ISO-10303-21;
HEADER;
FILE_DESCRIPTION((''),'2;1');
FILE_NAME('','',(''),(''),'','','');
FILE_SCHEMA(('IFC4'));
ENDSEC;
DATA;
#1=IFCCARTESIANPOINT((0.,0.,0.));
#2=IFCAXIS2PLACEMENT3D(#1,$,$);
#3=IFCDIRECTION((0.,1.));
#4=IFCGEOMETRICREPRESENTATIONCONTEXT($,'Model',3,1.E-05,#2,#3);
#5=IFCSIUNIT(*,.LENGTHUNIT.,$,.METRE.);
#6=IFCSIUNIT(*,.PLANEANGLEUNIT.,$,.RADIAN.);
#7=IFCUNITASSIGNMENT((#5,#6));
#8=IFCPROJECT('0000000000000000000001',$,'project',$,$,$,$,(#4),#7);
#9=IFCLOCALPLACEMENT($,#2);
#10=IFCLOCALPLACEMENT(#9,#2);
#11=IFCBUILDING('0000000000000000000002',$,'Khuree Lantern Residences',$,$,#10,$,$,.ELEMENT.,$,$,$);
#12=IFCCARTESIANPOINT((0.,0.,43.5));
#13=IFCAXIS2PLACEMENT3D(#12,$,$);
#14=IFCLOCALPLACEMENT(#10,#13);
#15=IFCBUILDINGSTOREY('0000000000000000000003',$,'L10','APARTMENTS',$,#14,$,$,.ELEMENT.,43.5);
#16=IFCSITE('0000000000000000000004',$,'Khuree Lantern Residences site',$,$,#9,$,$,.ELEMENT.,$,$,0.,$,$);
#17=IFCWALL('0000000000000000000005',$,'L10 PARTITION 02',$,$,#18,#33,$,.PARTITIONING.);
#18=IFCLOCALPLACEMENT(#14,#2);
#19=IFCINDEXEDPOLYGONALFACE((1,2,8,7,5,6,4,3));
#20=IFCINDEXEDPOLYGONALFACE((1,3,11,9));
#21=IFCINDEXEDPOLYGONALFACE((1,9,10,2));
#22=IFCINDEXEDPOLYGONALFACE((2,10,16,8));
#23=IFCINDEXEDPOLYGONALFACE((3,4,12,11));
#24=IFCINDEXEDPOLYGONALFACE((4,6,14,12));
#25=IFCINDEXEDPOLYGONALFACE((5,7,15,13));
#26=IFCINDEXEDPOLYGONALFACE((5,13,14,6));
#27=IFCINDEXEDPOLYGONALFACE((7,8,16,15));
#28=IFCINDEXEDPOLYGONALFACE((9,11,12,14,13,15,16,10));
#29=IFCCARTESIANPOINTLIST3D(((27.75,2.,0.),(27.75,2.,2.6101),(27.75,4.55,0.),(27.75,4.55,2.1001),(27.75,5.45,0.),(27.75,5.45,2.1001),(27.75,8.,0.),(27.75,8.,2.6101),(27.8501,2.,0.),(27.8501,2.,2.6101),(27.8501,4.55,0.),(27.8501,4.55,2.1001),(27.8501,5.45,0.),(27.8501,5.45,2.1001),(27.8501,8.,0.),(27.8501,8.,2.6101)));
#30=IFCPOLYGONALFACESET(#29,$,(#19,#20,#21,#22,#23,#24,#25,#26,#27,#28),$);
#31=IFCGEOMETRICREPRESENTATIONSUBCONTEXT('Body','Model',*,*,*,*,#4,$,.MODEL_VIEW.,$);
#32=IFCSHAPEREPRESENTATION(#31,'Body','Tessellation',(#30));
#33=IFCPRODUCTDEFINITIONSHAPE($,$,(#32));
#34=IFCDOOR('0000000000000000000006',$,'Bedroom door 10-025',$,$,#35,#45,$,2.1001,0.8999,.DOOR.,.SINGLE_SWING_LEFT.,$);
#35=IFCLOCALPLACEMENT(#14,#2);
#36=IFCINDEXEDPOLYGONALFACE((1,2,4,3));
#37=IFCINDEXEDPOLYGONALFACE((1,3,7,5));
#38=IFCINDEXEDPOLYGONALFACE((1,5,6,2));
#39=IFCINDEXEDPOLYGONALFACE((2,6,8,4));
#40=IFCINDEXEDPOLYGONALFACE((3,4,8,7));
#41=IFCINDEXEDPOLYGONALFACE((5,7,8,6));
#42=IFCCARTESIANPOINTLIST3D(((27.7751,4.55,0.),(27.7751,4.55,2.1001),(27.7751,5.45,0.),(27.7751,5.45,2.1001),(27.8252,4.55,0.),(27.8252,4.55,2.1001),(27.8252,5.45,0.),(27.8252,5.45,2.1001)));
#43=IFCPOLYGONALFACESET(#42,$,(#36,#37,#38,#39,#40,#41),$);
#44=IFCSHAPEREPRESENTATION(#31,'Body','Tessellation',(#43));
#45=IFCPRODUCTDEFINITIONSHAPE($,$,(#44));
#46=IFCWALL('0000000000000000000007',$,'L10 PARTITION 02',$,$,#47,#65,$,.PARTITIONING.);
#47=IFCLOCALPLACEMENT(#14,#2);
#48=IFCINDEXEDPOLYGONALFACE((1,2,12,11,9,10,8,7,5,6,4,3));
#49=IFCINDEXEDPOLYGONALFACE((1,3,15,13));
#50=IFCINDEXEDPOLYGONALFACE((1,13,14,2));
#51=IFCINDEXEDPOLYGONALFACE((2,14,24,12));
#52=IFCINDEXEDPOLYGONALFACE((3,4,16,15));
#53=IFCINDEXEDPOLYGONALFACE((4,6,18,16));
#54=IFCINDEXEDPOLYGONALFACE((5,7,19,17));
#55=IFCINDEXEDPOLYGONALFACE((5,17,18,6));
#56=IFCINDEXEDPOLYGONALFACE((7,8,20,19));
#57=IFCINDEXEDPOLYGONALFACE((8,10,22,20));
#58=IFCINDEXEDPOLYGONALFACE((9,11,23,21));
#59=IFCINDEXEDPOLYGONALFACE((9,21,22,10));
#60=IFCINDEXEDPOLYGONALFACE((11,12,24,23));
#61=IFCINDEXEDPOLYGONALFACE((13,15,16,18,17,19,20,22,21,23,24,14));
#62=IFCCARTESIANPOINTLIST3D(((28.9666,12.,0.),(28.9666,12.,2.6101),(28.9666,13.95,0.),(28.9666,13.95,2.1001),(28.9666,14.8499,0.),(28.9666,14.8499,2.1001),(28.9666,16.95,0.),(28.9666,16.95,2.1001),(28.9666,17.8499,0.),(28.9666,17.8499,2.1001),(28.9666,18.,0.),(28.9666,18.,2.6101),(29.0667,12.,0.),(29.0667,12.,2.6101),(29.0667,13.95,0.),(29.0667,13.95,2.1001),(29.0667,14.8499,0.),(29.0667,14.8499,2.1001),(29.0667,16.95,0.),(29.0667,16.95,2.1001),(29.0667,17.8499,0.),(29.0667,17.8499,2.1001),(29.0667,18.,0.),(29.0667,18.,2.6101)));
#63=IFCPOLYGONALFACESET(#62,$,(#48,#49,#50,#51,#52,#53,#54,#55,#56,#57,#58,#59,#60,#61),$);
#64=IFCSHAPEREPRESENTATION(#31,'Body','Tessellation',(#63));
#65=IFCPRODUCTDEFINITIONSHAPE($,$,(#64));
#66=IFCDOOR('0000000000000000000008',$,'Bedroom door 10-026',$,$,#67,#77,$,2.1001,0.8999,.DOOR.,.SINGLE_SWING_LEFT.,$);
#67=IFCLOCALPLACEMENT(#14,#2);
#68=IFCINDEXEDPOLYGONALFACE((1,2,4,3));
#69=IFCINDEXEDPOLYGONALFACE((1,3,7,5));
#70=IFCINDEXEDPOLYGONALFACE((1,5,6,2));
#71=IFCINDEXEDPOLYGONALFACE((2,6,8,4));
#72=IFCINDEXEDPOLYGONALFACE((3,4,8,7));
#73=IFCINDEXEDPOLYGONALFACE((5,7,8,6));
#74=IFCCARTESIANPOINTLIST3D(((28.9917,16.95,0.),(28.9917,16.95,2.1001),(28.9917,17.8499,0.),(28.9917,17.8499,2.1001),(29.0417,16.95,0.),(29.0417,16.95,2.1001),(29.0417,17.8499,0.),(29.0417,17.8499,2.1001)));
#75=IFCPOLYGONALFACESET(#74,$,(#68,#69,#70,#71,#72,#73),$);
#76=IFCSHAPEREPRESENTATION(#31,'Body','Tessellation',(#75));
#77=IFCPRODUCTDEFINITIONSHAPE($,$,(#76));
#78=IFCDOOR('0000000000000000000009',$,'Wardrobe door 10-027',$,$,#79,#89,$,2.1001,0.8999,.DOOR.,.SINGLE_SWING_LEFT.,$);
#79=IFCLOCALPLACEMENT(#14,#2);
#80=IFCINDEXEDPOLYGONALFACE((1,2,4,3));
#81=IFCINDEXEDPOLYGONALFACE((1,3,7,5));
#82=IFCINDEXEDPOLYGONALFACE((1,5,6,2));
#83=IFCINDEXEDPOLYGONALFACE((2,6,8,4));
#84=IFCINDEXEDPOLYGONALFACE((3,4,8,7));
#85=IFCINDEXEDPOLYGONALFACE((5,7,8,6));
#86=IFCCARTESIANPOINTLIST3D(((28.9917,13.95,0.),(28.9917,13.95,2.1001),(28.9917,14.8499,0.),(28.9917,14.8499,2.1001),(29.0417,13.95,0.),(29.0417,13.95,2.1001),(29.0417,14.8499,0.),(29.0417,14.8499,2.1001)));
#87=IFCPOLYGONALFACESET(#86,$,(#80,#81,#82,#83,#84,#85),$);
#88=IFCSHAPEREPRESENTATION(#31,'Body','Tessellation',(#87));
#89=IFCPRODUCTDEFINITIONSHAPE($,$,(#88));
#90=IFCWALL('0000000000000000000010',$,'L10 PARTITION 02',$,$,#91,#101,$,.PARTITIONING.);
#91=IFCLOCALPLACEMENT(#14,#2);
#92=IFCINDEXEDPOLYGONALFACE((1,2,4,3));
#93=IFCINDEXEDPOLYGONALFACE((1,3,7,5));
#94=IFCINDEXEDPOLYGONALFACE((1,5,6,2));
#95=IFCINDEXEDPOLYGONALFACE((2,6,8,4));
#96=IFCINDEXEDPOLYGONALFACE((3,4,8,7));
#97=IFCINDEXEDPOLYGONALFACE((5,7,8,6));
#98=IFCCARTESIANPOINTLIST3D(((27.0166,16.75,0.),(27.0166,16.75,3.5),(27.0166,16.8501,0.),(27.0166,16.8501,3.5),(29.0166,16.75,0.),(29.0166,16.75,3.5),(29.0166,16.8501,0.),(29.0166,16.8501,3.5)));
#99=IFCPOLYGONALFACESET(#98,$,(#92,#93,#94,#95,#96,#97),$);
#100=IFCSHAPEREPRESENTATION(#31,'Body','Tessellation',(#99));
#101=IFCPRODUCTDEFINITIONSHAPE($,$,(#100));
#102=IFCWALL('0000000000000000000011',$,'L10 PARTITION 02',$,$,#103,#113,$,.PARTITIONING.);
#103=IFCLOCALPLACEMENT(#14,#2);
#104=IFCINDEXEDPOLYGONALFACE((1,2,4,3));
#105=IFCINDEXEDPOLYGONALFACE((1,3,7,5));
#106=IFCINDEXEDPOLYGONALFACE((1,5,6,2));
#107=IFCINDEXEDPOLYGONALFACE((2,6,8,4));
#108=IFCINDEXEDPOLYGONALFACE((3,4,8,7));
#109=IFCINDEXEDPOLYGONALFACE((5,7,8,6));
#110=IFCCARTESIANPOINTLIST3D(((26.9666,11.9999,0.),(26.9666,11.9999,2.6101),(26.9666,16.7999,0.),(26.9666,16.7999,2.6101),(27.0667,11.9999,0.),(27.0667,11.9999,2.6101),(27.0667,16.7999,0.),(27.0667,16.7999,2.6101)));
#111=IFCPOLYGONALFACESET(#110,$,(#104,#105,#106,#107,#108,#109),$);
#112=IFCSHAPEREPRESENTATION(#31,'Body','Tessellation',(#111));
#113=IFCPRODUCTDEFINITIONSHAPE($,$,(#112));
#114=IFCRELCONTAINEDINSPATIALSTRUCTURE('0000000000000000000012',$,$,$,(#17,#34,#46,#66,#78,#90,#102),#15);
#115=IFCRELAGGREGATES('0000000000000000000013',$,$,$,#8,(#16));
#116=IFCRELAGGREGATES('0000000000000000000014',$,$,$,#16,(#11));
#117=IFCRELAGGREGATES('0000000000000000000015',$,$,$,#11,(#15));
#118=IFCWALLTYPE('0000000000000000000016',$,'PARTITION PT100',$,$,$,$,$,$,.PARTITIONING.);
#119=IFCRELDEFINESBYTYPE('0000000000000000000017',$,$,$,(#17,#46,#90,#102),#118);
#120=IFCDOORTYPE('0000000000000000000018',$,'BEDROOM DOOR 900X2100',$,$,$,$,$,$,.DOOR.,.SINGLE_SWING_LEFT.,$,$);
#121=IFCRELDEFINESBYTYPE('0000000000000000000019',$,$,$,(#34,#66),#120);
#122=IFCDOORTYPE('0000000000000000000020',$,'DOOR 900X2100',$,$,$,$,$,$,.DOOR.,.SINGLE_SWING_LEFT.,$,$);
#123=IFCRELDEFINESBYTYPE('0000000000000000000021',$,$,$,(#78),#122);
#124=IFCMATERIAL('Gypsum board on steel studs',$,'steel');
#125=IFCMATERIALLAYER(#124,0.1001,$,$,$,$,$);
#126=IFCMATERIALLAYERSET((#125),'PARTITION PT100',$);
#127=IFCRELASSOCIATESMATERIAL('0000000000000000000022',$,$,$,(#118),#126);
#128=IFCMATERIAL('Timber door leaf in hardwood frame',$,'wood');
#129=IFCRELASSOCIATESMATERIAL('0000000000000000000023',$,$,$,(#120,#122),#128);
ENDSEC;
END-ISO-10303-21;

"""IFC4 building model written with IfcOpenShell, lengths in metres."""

from ifc_helpers import new_model, si_unit, direction, frame, frame_2d, origin, place, context, subcontext, project, spatial, rectangle, extrude, material, layer, layer_set, type_object, element, fill, save


model = new_model("IFC4")

# Units and contexts
model_context = context("Model", 3, precision=1e-05, world=origin(), true_north=direction((0.0, 1.0)))
body_context = subcontext(model_context, "Body", "Model", "MODEL_VIEW")
ifc_project = project(units=[si_unit("LENGTHUNIT", "METRE"), si_unit("PLANEANGLEUNIT", "RADIAN")], contexts=[model_context])

# Site, building, storey
site_placement = place(None, origin())
site = spatial("IfcSite", under=ifc_project, at=site_placement, Name="Khuree Lantern Residences site", CompositionType="ELEMENT", RefElevation=0.0)
building_placement = place(site_placement, origin())
building = spatial("IfcBuilding", under=site, at=building_placement, Name="Khuree Lantern Residences", CompositionType="ELEMENT")
storey_placement = place(building_placement, frame((0.0, 0.0, 43.5)))
storey = spatial("IfcBuildingStorey", under=building, at=storey_placement, Name="L10", Description="APARTMENTS", CompositionType="ELEMENT", Elevation=43.5)

# Shared definitions
ifc_material_1 = material(Name="Timber door leaf in hardwood frame", Category="wood")

# Shared definitions
ifc_material_2 = material(Name="Gypsum board on steel studs", Category="steel")
ifc_layer_1 = layer(ifc_material_2, 0.1001)
ifc_layer_set_1 = layer_set([ifc_layer_1], Name="PARTITION PT100")
wall_type_1 = type_object("IfcWallType", Name="PARTITION PT100", PredefinedType="PARTITIONING", material=ifc_layer_set_1)

# Wall, opening, door
wall_1_placement = place(storey_placement, frame((27.8, 2.0, 0.0), z_axis=(0.0, 0.0, 1.0), x_axis=(0.0, 1.0, 0.0)))
wall_1 = element("IfcWall", 1, at=wall_1_placement, inside=storey, type_object=wall_type_1, Name="L10 PARTITION 02", PredefinedType="PARTITIONING", context=body_context, shape_type="SweptSolid", body=[
    extrude(rectangle(XDim=6.0, YDim=0.1001, at=frame_2d((3.0, 0.0))), origin(), (0.0, 0.0, 1.0), 2.6101),
])
opening_1_placement = place(wall_1_placement, frame((2.55, 0.0, 0.0)))
opening_1 = element("IfcOpeningElement", 2, at=opening_1_placement, cuts=wall_1, PredefinedType="OPENING", context=body_context, shape_type="SweptSolid", body=[
    extrude(rectangle(XDim=0.8999, YDim=2.1001, at=frame_2d((0.45, 1.05))), frame((0.0, 0.0601, 0.0), z_axis=(0.0, -1.0, 0.0), x_axis=(1.0, 0.0, 0.0)), (0.0, 0.0, 1.0), 0.1201),
])
door_type_1 = type_object("IfcDoorType", Name="BEDROOM DOOR 900X2100", OperationType="SINGLE_SWING_LEFT", PredefinedType="DOOR", material=ifc_material_1)
door_1_placement = place(opening_1_placement, origin())
door_1 = element("IfcDoor", 3, at=door_1_placement, inside=storey, type_object=door_type_1, Name="Bedroom door 10-025", OperationType="SINGLE_SWING_LEFT", OverallHeight=2.1001, OverallWidth=0.8999, PredefinedType="DOOR", context=body_context, shape_type="SweptSolid", body=[
    extrude(rectangle(XDim=0.8999, YDim=2.1001, at=frame_2d((0.45, 1.05))), frame((0.0, 0.0249, 0.0), z_axis=(0.0, -1.0, 0.0), x_axis=(1.0, 0.0, 0.0)), (0.0, 0.0, 1.0), 0.05),
])
fill(opening_1, door_1)

# Wall, openings, doors
wall_2_placement = place(storey_placement, frame((29.0166, 12.0, 0.0), z_axis=(0.0, 0.0, 1.0), x_axis=(0.0, 1.0, 0.0)))
wall_2 = element("IfcWall", 4, at=wall_2_placement, inside=storey, type_object=wall_type_1, Name="L10 PARTITION 02", PredefinedType="PARTITIONING", context=body_context, shape_type="SweptSolid", body=[
    extrude(rectangle(XDim=6.0, YDim=0.1001, at=frame_2d((3.0, 0.0))), origin(), (0.0, 0.0, 1.0), 2.6101),
])
opening_2_placement = place(wall_2_placement, frame((4.95, 0.0, 0.0)))
opening_2 = element("IfcOpeningElement", 5, at=opening_2_placement, cuts=wall_2, PredefinedType="OPENING", context=body_context, shape_type="SweptSolid", body=[
    extrude(rectangle(XDim=0.8999, YDim=2.1001, at=frame_2d((0.45, 1.05))), frame((0.0, 0.0601, 0.0), z_axis=(0.0, -1.0, 0.0), x_axis=(1.0, 0.0, 0.0)), (0.0, 0.0, 1.0), 0.1201),
])
opening_3_placement = place(wall_2_placement, frame((1.95, 0.0, 0.0)))
opening_3 = element("IfcOpeningElement", 6, at=opening_3_placement, cuts=wall_2, PredefinedType="OPENING", context=body_context, shape_type="SweptSolid", body=[
    extrude(rectangle(XDim=0.8999, YDim=2.1001, at=frame_2d((0.45, 1.05))), frame((0.0, 0.0601, 0.0), z_axis=(0.0, -1.0, 0.0), x_axis=(1.0, 0.0, 0.0)), (0.0, 0.0, 1.0), 0.1201),
])
door_2_placement = place(opening_2_placement, origin())
door_2 = element("IfcDoor", 7, at=door_2_placement, inside=storey, type_object=door_type_1, Name="Bedroom door 10-026", OperationType="SINGLE_SWING_LEFT", OverallHeight=2.1001, OverallWidth=0.8999, PredefinedType="DOOR", context=body_context, shape_type="SweptSolid", body=[
    extrude(rectangle(XDim=0.8999, YDim=2.1001, at=frame_2d((0.45, 1.05))), frame((0.0, 0.0249, 0.0), z_axis=(0.0, -1.0, 0.0), x_axis=(1.0, 0.0, 0.0)), (0.0, 0.0, 1.0), 0.05),
])
fill(opening_2, door_2)
door_type_2 = type_object("IfcDoorType", Name="DOOR 900X2100", OperationType="SINGLE_SWING_LEFT", PredefinedType="DOOR", material=ifc_material_1)
door_3_placement = place(opening_3_placement, origin())
door_3 = element("IfcDoor", 8, at=door_3_placement, inside=storey, type_object=door_type_2, Name="Wardrobe door 10-027", OperationType="SINGLE_SWING_LEFT", OverallHeight=2.1001, OverallWidth=0.8999, PredefinedType="DOOR", context=body_context, shape_type="SweptSolid", body=[
    extrude(rectangle(XDim=0.8999, YDim=2.1001, at=frame_2d((0.45, 1.05))), frame((0.0, 0.0249, 0.0), z_axis=(0.0, -1.0, 0.0), x_axis=(1.0, 0.0, 0.0)), (0.0, 0.0, 1.0), 0.05),
])
fill(opening_3, door_3)

# Walls
wall_3_placement = place(storey_placement, frame((27.0166, 16.8, 0.0), z_axis=(0.0, 0.0, 1.0), x_axis=(1.0, 0.0, 0.0)))
element("IfcWall", 9, at=wall_3_placement, inside=storey, type_object=wall_type_1, Name="L10 PARTITION 02", PredefinedType="PARTITIONING", context=body_context, shape_type="SweptSolid", body=[
    extrude(rectangle(XDim=2.0, YDim=0.1001, at=frame_2d((1.0, 0.0))), origin(), (0.0, 0.0, 1.0), 3.5),
])
wall_4_placement = place(storey_placement, frame((27.0166, 12.0, 0.0), z_axis=(0.0, 0.0, 1.0), x_axis=(0.0, 1.0, 0.0)))
element("IfcWall", 10, at=wall_4_placement, inside=storey, type_object=wall_type_1, Name="L10 PARTITION 02", PredefinedType="PARTITIONING", context=body_context, shape_type="SweptSolid", body=[
    extrude(rectangle(XDim=4.8, YDim=0.1001, at=frame_2d((2.3999, 0.0))), origin(), (0.0, 0.0, 1.0), 2.6101),
])

save(model, "model.ifc")
